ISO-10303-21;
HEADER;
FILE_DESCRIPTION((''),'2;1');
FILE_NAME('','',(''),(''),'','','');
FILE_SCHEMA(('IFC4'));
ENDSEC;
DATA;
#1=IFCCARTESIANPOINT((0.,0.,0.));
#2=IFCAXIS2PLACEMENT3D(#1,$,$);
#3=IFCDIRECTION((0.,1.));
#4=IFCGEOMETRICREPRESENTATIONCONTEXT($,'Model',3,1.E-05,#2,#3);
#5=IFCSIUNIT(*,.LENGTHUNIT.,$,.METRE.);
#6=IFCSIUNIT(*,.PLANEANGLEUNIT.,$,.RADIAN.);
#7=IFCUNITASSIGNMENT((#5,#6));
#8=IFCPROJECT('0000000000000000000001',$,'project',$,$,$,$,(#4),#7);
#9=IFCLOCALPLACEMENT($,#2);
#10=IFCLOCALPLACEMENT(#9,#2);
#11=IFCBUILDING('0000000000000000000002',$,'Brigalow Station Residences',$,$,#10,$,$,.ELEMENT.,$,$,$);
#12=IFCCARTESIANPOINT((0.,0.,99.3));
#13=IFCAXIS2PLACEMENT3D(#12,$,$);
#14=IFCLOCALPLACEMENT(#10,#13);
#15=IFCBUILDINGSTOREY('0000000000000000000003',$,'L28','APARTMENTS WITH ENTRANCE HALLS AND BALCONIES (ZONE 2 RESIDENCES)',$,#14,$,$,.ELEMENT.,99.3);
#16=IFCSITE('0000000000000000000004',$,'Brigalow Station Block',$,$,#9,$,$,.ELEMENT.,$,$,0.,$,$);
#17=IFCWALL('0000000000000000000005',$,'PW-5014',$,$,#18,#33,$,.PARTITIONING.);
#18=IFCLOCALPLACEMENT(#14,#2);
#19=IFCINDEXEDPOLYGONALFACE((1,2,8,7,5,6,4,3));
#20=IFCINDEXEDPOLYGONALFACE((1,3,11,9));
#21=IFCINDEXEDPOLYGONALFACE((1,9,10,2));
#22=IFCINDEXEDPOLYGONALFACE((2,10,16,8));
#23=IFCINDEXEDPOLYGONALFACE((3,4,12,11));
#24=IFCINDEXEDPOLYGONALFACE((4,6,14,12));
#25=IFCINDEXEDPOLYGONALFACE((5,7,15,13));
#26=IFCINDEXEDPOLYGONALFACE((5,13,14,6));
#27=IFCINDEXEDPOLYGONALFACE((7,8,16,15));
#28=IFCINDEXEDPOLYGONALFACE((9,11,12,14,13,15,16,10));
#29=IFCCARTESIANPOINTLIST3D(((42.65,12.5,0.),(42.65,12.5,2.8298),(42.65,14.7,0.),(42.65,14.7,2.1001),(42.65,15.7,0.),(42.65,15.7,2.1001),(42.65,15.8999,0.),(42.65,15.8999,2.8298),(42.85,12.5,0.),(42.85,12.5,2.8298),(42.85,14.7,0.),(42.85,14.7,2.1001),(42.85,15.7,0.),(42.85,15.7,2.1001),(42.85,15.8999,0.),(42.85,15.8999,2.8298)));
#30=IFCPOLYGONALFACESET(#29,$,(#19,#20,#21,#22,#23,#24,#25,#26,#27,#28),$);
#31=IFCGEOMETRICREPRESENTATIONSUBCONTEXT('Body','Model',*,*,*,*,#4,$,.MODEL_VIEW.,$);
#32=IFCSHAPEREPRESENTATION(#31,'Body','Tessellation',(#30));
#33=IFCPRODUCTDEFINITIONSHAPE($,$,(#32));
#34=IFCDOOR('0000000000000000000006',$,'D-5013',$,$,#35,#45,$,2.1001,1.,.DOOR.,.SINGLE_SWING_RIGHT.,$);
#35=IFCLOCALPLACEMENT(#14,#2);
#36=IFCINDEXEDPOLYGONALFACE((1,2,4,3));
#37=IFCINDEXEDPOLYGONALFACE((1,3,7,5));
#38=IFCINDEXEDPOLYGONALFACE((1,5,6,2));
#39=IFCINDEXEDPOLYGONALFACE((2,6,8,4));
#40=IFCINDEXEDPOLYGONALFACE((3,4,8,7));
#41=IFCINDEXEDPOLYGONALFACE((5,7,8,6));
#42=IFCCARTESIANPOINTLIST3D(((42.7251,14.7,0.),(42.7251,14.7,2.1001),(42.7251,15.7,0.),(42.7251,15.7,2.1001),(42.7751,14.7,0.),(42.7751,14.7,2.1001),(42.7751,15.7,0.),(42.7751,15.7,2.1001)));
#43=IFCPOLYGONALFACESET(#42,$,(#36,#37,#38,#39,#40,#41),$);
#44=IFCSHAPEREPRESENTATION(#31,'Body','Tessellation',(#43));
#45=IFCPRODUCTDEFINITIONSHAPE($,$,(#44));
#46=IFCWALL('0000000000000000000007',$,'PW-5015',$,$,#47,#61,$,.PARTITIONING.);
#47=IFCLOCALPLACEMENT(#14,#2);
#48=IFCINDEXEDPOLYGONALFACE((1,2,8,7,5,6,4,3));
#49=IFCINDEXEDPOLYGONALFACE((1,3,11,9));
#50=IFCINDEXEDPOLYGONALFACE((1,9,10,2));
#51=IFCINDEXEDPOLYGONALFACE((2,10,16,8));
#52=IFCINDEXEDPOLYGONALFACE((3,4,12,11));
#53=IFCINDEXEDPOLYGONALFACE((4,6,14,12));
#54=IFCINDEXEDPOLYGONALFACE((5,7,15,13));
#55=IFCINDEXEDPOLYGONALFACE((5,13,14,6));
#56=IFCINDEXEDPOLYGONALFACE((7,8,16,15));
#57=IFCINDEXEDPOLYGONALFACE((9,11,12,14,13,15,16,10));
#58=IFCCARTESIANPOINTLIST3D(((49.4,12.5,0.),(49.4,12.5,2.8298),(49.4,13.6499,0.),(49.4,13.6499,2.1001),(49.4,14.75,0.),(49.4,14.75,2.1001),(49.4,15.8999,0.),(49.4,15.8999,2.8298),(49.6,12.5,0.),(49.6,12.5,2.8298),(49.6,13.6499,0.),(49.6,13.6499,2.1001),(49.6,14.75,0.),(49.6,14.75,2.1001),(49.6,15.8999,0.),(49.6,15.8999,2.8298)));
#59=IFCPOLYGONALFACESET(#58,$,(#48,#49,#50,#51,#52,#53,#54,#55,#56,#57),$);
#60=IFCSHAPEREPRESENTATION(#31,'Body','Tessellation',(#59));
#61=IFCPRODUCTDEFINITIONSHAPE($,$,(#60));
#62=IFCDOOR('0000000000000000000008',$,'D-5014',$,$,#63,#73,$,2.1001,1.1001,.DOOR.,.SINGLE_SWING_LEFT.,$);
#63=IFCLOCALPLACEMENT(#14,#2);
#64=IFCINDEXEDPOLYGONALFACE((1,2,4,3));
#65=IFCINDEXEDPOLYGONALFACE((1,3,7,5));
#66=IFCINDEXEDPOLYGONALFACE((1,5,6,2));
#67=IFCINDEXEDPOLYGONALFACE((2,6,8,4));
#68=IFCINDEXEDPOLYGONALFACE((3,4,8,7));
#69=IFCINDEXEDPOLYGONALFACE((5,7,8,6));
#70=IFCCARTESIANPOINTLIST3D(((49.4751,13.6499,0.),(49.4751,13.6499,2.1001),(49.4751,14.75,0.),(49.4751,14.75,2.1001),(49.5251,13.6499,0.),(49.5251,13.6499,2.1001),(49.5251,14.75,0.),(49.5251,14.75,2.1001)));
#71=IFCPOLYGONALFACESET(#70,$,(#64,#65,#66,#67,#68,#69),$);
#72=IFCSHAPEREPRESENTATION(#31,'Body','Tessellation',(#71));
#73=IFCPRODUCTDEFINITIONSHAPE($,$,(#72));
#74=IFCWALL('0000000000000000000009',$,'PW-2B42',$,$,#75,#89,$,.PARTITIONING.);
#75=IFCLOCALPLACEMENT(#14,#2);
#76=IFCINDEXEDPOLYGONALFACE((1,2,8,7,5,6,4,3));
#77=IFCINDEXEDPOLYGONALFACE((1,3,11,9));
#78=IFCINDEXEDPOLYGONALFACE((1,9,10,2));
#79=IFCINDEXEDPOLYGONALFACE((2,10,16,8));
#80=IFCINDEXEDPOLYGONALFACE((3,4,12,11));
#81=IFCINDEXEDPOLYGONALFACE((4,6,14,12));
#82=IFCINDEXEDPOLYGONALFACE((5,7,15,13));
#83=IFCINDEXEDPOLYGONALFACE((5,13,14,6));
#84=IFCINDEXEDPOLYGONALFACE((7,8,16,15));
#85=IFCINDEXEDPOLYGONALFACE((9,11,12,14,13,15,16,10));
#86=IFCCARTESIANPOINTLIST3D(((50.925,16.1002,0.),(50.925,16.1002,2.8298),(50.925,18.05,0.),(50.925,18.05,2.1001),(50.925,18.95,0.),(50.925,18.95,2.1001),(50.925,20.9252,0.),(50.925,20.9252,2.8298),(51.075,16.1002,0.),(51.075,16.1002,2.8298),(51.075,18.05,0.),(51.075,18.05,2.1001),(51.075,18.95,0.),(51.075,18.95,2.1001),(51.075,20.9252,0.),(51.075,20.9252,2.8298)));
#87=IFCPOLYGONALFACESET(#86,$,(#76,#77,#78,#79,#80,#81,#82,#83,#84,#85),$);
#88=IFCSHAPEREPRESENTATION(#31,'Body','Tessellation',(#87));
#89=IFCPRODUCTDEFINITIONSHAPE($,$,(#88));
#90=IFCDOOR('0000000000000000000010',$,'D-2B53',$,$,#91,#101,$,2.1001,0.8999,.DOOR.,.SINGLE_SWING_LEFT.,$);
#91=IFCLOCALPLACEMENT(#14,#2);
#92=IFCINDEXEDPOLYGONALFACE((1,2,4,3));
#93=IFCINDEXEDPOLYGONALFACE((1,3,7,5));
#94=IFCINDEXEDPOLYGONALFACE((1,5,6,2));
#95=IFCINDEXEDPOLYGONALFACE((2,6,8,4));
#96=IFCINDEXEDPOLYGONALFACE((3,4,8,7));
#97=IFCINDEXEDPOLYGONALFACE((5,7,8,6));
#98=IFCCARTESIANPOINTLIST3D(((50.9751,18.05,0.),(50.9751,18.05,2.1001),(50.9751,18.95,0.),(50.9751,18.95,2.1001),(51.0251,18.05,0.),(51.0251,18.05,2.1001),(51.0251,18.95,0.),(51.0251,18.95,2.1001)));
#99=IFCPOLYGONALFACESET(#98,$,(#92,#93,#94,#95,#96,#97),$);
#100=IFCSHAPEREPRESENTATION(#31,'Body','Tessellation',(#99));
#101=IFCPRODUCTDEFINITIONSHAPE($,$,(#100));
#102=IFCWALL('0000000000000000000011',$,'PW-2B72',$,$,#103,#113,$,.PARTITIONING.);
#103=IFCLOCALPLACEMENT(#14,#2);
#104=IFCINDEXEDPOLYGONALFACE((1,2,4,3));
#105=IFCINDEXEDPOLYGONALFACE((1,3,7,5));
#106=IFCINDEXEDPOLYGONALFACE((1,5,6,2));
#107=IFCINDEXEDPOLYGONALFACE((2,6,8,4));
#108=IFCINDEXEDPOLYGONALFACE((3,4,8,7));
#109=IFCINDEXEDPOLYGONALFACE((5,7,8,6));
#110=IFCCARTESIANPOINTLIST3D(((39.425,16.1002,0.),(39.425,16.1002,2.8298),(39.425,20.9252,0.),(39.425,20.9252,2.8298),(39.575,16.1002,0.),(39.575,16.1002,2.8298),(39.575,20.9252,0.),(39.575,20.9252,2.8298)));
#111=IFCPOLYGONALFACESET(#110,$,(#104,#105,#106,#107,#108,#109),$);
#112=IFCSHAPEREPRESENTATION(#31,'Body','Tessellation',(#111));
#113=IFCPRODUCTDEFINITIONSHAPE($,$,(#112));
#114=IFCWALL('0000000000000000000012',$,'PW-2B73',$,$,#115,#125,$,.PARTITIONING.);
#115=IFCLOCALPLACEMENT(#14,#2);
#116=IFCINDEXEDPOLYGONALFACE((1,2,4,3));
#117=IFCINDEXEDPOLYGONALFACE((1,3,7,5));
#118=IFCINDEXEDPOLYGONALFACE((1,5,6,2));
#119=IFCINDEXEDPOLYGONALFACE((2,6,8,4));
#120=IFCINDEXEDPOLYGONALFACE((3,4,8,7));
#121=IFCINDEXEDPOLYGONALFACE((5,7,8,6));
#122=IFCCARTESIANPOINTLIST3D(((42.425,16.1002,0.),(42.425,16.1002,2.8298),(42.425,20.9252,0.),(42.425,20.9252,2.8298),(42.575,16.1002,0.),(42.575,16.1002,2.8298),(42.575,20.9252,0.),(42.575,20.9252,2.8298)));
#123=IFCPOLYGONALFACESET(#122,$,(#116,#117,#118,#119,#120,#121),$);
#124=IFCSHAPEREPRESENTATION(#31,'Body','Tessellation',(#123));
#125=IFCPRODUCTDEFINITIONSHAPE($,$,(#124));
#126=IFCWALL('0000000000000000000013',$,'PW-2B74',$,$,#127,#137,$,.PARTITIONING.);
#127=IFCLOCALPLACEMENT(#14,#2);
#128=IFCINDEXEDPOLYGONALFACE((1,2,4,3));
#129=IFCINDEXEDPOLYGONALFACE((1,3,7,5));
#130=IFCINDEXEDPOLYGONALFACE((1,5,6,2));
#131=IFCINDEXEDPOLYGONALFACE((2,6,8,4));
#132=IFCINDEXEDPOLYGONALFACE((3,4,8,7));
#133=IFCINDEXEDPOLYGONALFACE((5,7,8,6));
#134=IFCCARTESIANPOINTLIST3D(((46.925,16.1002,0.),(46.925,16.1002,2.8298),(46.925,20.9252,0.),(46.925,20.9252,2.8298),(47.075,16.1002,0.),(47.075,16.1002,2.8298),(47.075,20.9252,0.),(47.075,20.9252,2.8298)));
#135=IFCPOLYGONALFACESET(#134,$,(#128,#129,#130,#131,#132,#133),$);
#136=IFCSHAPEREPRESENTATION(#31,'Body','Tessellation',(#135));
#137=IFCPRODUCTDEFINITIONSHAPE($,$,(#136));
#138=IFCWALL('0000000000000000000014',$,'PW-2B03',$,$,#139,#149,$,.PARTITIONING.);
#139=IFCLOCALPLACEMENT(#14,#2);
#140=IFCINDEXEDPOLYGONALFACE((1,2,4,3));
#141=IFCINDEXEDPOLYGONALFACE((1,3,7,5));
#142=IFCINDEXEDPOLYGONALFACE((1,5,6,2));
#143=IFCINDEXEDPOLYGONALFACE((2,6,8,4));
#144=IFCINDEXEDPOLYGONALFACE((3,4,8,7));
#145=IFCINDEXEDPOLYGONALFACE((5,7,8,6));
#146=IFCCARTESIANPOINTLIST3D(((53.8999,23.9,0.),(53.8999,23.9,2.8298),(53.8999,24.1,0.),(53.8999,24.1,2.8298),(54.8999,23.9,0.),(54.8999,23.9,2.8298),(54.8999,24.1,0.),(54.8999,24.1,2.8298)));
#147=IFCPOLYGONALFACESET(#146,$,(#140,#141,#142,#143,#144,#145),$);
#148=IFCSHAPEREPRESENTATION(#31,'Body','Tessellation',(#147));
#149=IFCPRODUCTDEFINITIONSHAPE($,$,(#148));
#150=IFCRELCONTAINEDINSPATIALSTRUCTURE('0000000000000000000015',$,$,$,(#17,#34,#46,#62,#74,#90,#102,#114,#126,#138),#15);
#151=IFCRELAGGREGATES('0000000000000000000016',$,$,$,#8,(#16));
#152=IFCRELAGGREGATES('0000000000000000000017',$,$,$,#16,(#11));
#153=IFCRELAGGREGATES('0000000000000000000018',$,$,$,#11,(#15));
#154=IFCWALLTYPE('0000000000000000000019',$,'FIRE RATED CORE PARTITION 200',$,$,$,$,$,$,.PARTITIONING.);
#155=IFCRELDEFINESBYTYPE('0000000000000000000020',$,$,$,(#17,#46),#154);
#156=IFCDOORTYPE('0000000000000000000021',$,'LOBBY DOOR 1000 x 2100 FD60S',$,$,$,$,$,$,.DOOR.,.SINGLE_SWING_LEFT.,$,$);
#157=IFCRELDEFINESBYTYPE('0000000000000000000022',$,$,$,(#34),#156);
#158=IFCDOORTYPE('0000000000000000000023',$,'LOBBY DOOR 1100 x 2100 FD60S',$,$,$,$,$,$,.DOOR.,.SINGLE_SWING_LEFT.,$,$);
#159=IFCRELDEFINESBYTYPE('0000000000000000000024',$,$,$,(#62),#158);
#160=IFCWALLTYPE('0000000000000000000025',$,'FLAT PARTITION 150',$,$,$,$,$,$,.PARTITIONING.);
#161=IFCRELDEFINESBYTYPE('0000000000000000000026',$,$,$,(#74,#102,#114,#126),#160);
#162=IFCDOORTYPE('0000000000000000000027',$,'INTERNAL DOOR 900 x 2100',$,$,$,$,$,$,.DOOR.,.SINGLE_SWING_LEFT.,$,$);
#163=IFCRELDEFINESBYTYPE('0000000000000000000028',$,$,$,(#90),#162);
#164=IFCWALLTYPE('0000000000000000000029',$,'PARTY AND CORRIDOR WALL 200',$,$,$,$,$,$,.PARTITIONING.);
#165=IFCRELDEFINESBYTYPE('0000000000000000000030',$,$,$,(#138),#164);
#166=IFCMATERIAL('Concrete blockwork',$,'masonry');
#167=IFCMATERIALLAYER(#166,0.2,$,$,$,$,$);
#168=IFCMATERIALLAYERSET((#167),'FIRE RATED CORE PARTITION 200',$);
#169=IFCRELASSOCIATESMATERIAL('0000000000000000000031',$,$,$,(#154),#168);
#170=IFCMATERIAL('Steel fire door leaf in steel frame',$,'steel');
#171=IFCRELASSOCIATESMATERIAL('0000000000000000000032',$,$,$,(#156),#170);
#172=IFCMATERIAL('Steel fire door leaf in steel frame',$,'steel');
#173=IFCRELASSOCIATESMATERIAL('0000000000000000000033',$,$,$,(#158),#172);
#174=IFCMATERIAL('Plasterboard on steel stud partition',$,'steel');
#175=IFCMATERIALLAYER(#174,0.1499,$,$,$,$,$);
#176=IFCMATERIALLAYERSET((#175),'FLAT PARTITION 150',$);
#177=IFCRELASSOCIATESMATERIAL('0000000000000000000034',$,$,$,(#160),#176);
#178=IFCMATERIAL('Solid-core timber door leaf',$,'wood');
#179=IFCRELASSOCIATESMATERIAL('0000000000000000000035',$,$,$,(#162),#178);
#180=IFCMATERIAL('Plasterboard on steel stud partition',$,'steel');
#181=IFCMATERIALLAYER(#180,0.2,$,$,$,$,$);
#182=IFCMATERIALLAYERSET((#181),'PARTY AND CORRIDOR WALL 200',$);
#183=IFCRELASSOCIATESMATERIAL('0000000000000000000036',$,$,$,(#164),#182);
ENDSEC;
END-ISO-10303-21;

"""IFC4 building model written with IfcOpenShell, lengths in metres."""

from ifc_helpers import new_model, si_unit, direction, frame, frame_2d, origin, place, context, subcontext, project, spatial, rectangle, extrude, material, layer, layer_set, type_object, element, fill, save


model = new_model("IFC4")

# Units and contexts
model_context = context("Model", 3, precision=1e-05, world=origin(), true_north=direction((0.0, 1.0)))
body_context = subcontext(model_context, "Body", "Model", "MODEL_VIEW")
ifc_project = project(units=[si_unit("LENGTHUNIT", "METRE"), si_unit("PLANEANGLEUNIT", "RADIAN")], contexts=[model_context])

# Site, building, storey
site_placement = place(None, origin())
site = spatial("IfcSite", under=ifc_project, at=site_placement, Name="Brigalow Station Block", CompositionType="ELEMENT", RefElevation=0.0)
building_placement = place(site_placement, origin())
building = spatial("IfcBuilding", under=site, at=building_placement, Name="Brigalow Station Residences", CompositionType="ELEMENT")
storey_placement = place(building_placement, frame((0.0, 0.0, 99.3)))
storey = spatial("IfcBuildingStorey", under=building, at=storey_placement, Name="L28", Description="APARTMENTS WITH ENTRANCE HALLS AND BALCONIES (ZONE 2 RESIDENCES)", CompositionType="ELEMENT", Elevation=99.3)

# Walls, openings, doors
ifc_material_1 = material(Name="Concrete blockwork", Category="masonry")
ifc_layer_1 = layer(ifc_material_1, 0.2)
ifc_layer_set_1 = layer_set([ifc_layer_1], Name="FIRE RATED CORE PARTITION 200")
wall_type_1 = type_object("IfcWallType", Name="FIRE RATED CORE PARTITION 200", PredefinedType="PARTITIONING", material=ifc_layer_set_1)
wall_1_placement = place(storey_placement, frame((42.75, 12.5, 0.0), z_axis=(0.0, 0.0, 1.0), x_axis=(0.0, 1.0, 0.0)))
wall_1 = element("IfcWall", 1, at=wall_1_placement, inside=storey, type_object=wall_type_1, Name="PW-5014", PredefinedType="PARTITIONING", context=body_context, shape_type="SweptSolid", body=[
    extrude(rectangle(XDim=3.3999, YDim=0.2, at=frame_2d((1.7, 0.0))), origin(), (0.0, 0.0, 1.0), 2.8298),
])
opening_1_placement = place(wall_1_placement, frame((2.2, 0.0, 0.0)))
opening_1 = element("IfcOpeningElement", 2, at=opening_1_placement, cuts=wall_1, PredefinedType="OPENING", context=body_context, shape_type="SweptSolid", body=[
    extrude(rectangle(XDim=1.0, YDim=2.1001, at=frame_2d((0.5, 1.05))), frame((0.0, 0.1099, 0.0), z_axis=(0.0, -1.0, 0.0), x_axis=(1.0, 0.0, 0.0)), (0.0, 0.0, 1.0), 0.22),
])
ifc_material_2 = material(Name="Steel fire door leaf in steel frame", Category="steel")
door_type_1 = type_object("IfcDoorType", Name="LOBBY DOOR 1000 x 2100 FD60S", OperationType="SINGLE_SWING_LEFT", PredefinedType="DOOR", material=ifc_material_2)
door_1_placement = place(opening_1_placement, origin())
door_1 = element("IfcDoor", 3, at=door_1_placement, inside=storey, type_object=door_type_1, Name="D-5013", OperationType="SINGLE_SWING_RIGHT", OverallHeight=2.1001, OverallWidth=1.0, PredefinedType="DOOR", context=body_context, shape_type="SweptSolid", body=[
    extrude(rectangle(XDim=1.0, YDim=2.1001, at=frame_2d((0.5, 1.05))), frame((0.0, 0.0249, 0.0), z_axis=(0.0, -1.0, 0.0), x_axis=(1.0, 0.0, 0.0)), (0.0, 0.0, 1.0), 0.05),
])
fill(opening_1, door_1)
wall_2_placement = place(storey_placement, frame((49.5, 12.5, 0.0), z_axis=(0.0, 0.0, 1.0), x_axis=(0.0, 1.0, 0.0)))
wall_2 = element("IfcWall", 4, at=wall_2_placement, inside=storey, type_object=wall_type_1, Name="PW-5015", PredefinedType="PARTITIONING", context=body_context, shape_type="SweptSolid", body=[
    extrude(rectangle(XDim=3.3999, YDim=0.2, at=frame_2d((1.7, 0.0))), origin(), (0.0, 0.0, 1.0), 2.8298),
])
opening_2_placement = place(wall_2_placement, frame((1.1499, 0.0, 0.0)))
opening_2 = element("IfcOpeningElement", 5, at=opening_2_placement, cuts=wall_2, PredefinedType="OPENING", context=body_context, shape_type="SweptSolid", body=[
    extrude(rectangle(XDim=1.1001, YDim=2.1001, at=frame_2d((0.55, 1.05))), frame((0.0, 0.1099, 0.0), z_axis=(0.0, -1.0, 0.0), x_axis=(1.0, 0.0, 0.0)), (0.0, 0.0, 1.0), 0.22),
])
ifc_material_3 = material(Name="Steel fire door leaf in steel frame", Category="steel")
door_type_2 = type_object("IfcDoorType", Name="LOBBY DOOR 1100 x 2100 FD60S", OperationType="SINGLE_SWING_LEFT", PredefinedType="DOOR", material=ifc_material_3)
door_2_placement = place(opening_2_placement, origin())
door_2 = element("IfcDoor", 6, at=door_2_placement, inside=storey, type_object=door_type_2, Name="D-5014", OperationType="SINGLE_SWING_LEFT", OverallHeight=2.1001, OverallWidth=1.1001, PredefinedType="DOOR", context=body_context, shape_type="SweptSolid", body=[
    extrude(rectangle(XDim=1.1001, YDim=2.1001, at=frame_2d((0.55, 1.05))), frame((0.0, 0.0249, 0.0), z_axis=(0.0, -1.0, 0.0), x_axis=(1.0, 0.0, 0.0)), (0.0, 0.0, 1.0), 0.05),
])
fill(opening_2, door_2)
ifc_material_4 = material(Name="Plasterboard on steel stud partition", Category="steel")
ifc_layer_2 = layer(ifc_material_4, 0.1499)
ifc_layer_set_2 = layer_set([ifc_layer_2], Name="FLAT PARTITION 150")
wall_type_2 = type_object("IfcWallType", Name="FLAT PARTITION 150", PredefinedType="PARTITIONING", material=ifc_layer_set_2)
wall_3_placement = place(storey_placement, frame((51.0, 16.1001, 0.0), z_axis=(0.0, 0.0, 1.0), x_axis=(0.0, 1.0, 0.0)))
wall_3 = element("IfcWall", 7, at=wall_3_placement, inside=storey, type_object=wall_type_2, Name="PW-2B42", PredefinedType="PARTITIONING", context=body_context, shape_type="SweptSolid", body=[
    extrude(rectangle(XDim=4.825, YDim=0.1499, at=frame_2d((2.4126, 0.0))), origin(), (0.0, 0.0, 1.0), 2.8298),
])
opening_3_placement = place(wall_3_placement, frame((1.95, 0.0, 0.0)))
opening_3 = element("IfcOpeningElement", 8, at=opening_3_placement, cuts=wall_3, PredefinedType="OPENING", context=body_context, shape_type="SweptSolid", body=[
    extrude(rectangle(XDim=0.8999, YDim=2.1001, at=frame_2d((0.45, 1.05))), frame((0.0, 0.085, 0.0), z_axis=(0.0, -1.0, 0.0), x_axis=(1.0, 0.0, 0.0)), (0.0, 0.0, 1.0), 0.1699),
])
ifc_material_5 = material(Name="Solid-core timber door leaf", Category="wood")
door_type_3 = type_object("IfcDoorType", Name="INTERNAL DOOR 900 x 2100", OperationType="SINGLE_SWING_LEFT", PredefinedType="DOOR", material=ifc_material_5)
door_3_placement = place(opening_3_placement, origin())
door_3 = element("IfcDoor", 9, at=door_3_placement, inside=storey, type_object=door_type_3, Name="D-2B53", OperationType="SINGLE_SWING_LEFT", OverallHeight=2.1001, OverallWidth=0.8999, PredefinedType="DOOR", context=body_context, shape_type="SweptSolid", body=[
    extrude(rectangle(XDim=0.8999, YDim=2.1001, at=frame_2d((0.45, 1.05))), frame((0.0, 0.0249, 0.0), z_axis=(0.0, -1.0, 0.0), x_axis=(1.0, 0.0, 0.0)), (0.0, 0.0, 1.0), 0.05),
])
fill(opening_3, door_3)

# Walls
for number, where, z_axis, x_axis, name in (
    (10, (39.5, 16.1001, 0.0), (0.0, 0.0, 1.0), (0.0, 1.0, 0.0), "PW-2B72"),
    (11, (42.5, 16.1001, 0.0), (0.0, 0.0, 1.0), (0.0, 1.0, 0.0), "PW-2B73"),
    (12, (47.0, 16.1001, 0.0), (0.0, 0.0, 1.0), (0.0, 1.0, 0.0), "PW-2B74"),
):
    element("IfcWall", number, at=place(storey_placement, frame(where, z_axis=z_axis, x_axis=x_axis)), inside=storey, type_object=wall_type_2, Name=name, PredefinedType="PARTITIONING", context=body_context, shape_type="SweptSolid", body=[
        extrude(rectangle(XDim=4.825, YDim=0.1499, at=frame_2d((2.4126, 0.0))), origin(), (0.0, 0.0, 1.0), 2.8298),
    ])
ifc_material_6 = material(Name="Plasterboard on steel stud partition", Category="steel")
ifc_layer_3 = layer(ifc_material_6, 0.2)
ifc_layer_set_3 = layer_set([ifc_layer_3], Name="PARTY AND CORRIDOR WALL 200")
wall_type_3 = type_object("IfcWallType", Name="PARTY AND CORRIDOR WALL 200", PredefinedType="PARTITIONING", material=ifc_layer_set_3)
wall_4_placement = place(storey_placement, frame((53.8999, 24.0, 0.0), z_axis=(0.0, 0.0, 1.0), x_axis=(1.0, 0.0, 0.0)))
element("IfcWall", 13, at=wall_4_placement, inside=storey, type_object=wall_type_3, Name="PW-2B03", PredefinedType="PARTITIONING", context=body_context, shape_type="SweptSolid", body=[
    extrude(rectangle(XDim=1.0, YDim=0.2, at=frame_2d((0.5, 0.0))), origin(), (0.0, 0.0, 1.0), 2.8298),
])

save(model, "model.ifc")
